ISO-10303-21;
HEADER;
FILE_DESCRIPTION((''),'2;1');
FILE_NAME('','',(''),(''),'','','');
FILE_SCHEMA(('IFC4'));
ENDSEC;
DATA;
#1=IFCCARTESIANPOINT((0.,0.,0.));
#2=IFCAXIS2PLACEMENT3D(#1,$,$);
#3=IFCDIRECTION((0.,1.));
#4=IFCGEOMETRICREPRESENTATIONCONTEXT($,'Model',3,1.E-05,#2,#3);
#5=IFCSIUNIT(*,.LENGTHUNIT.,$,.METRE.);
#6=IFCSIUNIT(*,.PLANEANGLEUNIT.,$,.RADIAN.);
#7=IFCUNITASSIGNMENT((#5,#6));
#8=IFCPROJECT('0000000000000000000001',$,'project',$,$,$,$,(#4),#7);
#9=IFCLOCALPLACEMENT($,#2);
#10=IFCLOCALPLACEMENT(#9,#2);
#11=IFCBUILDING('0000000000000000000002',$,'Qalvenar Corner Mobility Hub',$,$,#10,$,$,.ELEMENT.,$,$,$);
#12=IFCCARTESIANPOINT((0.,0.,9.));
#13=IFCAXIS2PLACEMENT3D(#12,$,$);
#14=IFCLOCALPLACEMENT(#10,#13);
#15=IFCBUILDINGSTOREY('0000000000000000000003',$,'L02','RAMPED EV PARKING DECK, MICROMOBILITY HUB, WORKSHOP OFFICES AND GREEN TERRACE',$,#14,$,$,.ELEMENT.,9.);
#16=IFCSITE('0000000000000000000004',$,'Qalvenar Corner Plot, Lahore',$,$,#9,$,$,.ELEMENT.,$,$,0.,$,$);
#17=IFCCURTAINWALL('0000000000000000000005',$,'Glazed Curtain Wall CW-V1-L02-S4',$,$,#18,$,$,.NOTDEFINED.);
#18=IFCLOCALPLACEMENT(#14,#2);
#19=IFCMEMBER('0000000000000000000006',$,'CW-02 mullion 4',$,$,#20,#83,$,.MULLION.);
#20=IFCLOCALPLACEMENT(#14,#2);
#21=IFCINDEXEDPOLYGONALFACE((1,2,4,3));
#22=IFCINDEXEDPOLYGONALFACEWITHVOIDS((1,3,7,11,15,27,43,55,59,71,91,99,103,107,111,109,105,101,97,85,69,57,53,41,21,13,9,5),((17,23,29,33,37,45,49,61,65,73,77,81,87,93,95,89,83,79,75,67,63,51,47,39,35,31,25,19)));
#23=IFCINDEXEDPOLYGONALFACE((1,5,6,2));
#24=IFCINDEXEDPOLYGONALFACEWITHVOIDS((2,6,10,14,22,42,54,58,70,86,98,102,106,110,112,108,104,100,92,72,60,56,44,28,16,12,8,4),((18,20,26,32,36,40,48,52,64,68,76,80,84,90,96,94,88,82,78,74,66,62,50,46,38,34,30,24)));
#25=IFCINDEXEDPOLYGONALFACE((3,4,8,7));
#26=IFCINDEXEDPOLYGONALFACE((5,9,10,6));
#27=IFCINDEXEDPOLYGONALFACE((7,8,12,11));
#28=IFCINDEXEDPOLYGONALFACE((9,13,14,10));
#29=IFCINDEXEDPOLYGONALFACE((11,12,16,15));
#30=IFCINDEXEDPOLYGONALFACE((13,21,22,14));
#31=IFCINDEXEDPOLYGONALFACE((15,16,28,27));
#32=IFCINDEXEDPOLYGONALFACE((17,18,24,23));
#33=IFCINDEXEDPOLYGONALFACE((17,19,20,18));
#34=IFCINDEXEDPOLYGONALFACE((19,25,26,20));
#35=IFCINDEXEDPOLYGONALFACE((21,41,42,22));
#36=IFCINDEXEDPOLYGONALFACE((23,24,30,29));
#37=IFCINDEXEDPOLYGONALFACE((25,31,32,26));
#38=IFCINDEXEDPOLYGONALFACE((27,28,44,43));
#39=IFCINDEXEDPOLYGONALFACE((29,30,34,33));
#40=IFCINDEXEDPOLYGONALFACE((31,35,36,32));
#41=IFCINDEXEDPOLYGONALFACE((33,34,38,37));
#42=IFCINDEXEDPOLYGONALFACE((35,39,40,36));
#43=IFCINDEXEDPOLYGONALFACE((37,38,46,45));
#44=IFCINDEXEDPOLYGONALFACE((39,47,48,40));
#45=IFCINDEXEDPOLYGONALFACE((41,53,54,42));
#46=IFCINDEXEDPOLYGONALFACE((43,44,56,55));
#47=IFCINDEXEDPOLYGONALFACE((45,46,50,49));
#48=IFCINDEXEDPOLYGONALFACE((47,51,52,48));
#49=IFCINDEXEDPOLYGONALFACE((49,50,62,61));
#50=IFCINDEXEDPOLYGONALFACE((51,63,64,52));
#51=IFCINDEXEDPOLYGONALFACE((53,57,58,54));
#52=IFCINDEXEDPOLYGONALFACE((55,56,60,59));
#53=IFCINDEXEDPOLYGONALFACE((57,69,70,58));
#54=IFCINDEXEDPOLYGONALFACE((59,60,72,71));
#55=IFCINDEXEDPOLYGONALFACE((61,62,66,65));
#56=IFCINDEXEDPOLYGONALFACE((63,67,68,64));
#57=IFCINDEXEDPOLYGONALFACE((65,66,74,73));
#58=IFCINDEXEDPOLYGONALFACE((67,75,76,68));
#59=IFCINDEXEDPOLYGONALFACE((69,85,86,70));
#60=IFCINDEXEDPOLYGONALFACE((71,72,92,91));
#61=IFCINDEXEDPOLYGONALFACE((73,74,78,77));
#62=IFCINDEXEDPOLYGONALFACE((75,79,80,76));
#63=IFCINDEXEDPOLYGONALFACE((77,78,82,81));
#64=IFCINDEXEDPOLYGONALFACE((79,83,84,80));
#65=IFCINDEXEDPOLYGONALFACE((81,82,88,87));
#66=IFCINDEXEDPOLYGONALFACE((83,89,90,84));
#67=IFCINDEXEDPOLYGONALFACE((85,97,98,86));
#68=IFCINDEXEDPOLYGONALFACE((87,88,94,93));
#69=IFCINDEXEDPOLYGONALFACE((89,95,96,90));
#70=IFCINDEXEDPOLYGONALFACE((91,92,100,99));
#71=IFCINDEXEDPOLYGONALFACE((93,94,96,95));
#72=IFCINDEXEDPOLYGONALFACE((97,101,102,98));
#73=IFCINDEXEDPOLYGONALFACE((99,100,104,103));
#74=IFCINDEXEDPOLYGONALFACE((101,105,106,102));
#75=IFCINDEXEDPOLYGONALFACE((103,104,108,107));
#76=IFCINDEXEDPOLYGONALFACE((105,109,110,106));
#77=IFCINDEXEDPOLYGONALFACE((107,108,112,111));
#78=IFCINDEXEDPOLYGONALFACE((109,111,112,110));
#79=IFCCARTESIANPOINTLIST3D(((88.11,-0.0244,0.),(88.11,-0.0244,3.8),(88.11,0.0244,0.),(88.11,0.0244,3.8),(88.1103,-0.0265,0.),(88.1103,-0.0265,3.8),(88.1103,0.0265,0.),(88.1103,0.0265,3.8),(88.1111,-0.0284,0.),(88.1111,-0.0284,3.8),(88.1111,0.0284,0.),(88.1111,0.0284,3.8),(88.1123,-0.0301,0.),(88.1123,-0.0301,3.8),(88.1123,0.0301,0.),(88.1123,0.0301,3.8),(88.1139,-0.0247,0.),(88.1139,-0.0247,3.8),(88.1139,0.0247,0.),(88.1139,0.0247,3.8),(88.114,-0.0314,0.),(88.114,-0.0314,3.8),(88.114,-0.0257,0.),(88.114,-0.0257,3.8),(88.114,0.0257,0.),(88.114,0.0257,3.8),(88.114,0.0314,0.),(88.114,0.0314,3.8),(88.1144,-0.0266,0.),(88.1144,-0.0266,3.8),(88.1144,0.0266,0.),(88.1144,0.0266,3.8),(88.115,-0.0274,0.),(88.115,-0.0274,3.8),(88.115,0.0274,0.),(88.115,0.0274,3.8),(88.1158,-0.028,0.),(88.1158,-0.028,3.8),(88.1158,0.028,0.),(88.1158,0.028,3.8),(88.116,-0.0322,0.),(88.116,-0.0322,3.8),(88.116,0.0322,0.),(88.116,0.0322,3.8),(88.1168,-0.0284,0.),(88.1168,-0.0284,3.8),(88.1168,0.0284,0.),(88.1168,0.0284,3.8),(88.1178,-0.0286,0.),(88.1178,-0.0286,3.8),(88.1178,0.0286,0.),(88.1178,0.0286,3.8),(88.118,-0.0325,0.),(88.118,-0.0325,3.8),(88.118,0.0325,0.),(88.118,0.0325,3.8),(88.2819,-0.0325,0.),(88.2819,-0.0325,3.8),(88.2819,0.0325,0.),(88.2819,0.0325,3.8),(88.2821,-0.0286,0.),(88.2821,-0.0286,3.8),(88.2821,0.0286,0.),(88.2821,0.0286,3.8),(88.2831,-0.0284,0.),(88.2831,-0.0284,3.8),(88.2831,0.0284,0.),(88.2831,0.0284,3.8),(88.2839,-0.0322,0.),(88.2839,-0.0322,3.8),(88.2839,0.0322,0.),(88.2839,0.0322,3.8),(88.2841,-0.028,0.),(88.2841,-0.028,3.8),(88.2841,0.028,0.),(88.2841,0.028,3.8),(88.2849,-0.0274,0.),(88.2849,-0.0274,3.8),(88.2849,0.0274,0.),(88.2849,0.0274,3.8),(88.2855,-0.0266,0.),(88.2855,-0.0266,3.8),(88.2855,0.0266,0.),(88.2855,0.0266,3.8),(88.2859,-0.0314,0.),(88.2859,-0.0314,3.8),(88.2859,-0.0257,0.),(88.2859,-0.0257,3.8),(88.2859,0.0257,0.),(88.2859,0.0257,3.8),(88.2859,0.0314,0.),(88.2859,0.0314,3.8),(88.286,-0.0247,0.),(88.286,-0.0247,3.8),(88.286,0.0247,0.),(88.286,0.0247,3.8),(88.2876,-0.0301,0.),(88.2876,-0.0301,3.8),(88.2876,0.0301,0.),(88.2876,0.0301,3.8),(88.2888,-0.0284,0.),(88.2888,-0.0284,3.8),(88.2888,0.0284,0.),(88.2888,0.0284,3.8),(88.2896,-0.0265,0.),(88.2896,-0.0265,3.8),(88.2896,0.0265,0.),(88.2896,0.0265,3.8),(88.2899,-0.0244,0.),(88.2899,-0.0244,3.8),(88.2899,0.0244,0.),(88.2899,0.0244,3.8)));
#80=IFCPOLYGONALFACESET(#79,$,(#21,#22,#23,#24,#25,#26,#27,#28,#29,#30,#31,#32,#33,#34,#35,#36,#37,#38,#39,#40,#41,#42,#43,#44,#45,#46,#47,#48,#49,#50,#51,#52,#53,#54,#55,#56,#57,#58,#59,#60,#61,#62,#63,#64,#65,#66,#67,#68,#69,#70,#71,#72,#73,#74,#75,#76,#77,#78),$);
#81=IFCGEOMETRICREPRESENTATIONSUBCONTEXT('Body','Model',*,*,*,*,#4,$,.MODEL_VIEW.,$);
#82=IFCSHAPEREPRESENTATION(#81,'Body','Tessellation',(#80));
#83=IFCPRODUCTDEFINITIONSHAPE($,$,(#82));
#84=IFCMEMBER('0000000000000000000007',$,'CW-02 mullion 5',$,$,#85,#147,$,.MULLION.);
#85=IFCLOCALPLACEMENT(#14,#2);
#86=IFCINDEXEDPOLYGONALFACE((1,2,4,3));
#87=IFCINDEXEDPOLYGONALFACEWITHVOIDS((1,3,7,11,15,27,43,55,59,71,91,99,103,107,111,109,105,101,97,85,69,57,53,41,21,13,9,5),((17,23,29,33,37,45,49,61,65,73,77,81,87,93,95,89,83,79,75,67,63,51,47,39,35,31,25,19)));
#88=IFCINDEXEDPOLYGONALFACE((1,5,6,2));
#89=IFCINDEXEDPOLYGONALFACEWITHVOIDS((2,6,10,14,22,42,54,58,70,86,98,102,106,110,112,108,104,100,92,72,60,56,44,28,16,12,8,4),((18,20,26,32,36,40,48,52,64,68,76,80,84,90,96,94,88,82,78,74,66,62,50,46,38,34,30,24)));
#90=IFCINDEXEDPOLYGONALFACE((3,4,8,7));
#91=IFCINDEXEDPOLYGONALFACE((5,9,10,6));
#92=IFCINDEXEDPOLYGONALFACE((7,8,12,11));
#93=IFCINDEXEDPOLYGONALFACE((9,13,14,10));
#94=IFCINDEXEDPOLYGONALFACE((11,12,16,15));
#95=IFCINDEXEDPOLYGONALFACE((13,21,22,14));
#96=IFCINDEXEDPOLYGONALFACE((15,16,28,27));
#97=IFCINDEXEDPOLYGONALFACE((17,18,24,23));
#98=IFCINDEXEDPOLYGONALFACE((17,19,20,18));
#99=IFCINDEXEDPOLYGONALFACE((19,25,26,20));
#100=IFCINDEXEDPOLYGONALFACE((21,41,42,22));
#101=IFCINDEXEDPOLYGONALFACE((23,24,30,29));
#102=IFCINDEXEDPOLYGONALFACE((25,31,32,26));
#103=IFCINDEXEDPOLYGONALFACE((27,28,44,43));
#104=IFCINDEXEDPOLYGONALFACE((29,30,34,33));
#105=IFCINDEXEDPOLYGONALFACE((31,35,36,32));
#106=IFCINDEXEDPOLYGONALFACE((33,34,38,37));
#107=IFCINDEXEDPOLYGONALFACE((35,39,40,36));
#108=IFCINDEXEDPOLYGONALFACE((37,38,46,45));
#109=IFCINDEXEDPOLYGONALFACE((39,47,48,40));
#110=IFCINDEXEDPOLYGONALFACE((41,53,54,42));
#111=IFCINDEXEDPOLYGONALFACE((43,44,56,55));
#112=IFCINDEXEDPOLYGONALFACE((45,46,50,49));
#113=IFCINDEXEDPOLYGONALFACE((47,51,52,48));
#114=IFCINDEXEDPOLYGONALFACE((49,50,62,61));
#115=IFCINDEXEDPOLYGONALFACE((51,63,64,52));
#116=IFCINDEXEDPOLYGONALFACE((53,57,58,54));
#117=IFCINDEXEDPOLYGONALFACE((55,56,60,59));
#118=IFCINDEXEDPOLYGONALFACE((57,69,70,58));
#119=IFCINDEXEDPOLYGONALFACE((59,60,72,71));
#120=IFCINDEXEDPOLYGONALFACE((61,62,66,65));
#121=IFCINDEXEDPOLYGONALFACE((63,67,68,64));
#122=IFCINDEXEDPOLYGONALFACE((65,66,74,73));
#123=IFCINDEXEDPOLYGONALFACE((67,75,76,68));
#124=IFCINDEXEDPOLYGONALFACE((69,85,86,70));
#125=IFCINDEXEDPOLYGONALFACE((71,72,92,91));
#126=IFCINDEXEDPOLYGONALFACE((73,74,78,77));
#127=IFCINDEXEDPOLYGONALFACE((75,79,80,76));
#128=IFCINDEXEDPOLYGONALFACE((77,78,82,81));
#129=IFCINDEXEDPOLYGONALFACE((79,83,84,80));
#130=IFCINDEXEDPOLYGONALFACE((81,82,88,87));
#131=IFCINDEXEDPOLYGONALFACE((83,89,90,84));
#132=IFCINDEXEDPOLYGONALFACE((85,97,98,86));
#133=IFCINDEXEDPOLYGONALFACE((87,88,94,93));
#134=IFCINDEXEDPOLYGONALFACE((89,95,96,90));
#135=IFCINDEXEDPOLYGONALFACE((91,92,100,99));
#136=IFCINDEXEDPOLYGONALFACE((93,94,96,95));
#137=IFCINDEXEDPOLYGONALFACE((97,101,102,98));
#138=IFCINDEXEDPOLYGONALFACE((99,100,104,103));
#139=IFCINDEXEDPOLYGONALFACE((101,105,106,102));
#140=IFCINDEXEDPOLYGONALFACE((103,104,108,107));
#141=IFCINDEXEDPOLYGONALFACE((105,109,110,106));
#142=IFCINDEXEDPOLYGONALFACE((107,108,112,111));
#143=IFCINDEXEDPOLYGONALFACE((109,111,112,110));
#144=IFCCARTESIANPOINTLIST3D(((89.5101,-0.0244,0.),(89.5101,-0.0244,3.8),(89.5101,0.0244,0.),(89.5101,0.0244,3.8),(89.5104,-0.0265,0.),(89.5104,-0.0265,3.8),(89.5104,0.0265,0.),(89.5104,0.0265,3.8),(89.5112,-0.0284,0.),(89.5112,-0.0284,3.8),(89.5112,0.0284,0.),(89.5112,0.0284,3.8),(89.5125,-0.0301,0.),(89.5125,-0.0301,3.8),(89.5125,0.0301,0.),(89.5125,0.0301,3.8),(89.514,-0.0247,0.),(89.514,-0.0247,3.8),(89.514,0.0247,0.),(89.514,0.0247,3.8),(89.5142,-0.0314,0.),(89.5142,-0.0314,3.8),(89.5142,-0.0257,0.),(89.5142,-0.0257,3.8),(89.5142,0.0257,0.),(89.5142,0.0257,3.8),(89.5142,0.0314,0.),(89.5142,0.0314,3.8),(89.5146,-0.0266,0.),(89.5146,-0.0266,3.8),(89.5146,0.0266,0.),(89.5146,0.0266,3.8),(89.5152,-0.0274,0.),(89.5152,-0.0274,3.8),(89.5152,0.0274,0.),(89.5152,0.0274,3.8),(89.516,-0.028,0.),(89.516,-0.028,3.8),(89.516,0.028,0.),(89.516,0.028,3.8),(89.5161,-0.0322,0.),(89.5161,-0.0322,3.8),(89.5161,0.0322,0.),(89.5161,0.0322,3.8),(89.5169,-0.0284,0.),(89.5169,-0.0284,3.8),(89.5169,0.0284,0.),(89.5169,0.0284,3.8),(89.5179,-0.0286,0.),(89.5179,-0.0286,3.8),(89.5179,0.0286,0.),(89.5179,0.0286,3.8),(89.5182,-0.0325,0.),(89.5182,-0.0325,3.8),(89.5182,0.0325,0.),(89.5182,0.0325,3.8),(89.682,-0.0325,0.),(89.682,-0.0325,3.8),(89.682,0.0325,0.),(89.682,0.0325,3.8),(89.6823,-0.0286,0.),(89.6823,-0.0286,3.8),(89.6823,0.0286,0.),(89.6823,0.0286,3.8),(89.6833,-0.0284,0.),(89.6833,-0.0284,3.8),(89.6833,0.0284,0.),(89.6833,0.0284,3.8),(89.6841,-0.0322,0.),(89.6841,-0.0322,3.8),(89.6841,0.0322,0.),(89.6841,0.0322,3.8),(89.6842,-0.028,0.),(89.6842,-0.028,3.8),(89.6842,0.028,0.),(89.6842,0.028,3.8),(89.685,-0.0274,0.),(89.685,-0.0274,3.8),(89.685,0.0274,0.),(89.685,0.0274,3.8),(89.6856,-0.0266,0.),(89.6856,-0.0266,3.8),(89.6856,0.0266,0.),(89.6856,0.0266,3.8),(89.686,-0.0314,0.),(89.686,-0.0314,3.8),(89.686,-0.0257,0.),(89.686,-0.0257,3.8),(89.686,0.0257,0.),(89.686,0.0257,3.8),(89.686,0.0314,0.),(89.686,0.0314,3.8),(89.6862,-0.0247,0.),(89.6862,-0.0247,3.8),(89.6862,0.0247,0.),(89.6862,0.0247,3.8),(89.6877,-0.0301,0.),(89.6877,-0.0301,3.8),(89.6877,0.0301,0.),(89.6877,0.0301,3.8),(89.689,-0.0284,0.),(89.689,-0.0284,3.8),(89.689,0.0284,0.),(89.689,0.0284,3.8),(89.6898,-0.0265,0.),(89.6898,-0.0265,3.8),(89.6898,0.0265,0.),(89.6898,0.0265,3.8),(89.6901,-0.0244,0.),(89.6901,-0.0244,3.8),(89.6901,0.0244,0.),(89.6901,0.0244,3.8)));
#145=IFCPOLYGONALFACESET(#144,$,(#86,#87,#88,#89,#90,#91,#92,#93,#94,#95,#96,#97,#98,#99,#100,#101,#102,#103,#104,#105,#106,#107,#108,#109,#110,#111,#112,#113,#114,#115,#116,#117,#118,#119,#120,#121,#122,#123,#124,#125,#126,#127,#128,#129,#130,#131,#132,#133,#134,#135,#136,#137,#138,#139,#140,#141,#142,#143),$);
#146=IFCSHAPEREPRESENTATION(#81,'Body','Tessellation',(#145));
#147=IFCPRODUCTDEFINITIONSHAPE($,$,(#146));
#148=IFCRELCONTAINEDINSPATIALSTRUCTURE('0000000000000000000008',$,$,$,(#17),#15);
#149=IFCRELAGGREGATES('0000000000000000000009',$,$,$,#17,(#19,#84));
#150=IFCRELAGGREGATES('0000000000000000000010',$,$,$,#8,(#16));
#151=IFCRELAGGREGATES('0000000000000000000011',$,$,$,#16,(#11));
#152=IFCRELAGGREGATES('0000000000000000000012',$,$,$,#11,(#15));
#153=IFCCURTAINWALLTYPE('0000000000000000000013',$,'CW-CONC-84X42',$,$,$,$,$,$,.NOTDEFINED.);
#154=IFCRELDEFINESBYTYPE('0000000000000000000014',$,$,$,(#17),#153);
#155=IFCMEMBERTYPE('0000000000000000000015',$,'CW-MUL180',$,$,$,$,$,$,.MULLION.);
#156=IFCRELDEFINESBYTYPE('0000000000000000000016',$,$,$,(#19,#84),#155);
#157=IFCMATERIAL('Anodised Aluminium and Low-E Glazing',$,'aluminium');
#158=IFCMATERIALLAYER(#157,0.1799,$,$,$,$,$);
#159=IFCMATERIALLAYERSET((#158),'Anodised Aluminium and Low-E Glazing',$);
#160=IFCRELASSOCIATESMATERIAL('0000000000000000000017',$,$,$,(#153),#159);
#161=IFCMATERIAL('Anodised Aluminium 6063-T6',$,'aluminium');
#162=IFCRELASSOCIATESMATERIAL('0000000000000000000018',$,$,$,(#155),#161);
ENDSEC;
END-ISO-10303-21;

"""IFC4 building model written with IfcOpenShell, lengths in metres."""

from ifc_helpers import new_model, si_unit, direction, frame, origin, origin_2d, place, context, subcontext, project, spatial, hollow_rectangle, extrude, material, layer, layer_set, material_profile, profile_set, type_object, element, aggregate, save


model = new_model("IFC4")

# Units and contexts
model_context = context("Model", 3, precision=1e-05, world=origin(), true_north=direction((0.0, 1.0)))
body_context = subcontext(model_context, "Body", "Model", "MODEL_VIEW")
ifc_project = project(units=[si_unit("LENGTHUNIT", "METRE"), si_unit("PLANEANGLEUNIT", "RADIAN")], contexts=[model_context])

# Site, building, storey
site_placement = place(None, origin())
site = spatial("IfcSite", under=ifc_project, at=site_placement, Name="Qalvenar Corner Plot, Lahore", CompositionType="ELEMENT", RefElevation=0.0)
building_placement = place(site_placement, origin())
building = spatial("IfcBuilding", under=site, at=building_placement, Name="Qalvenar Corner Mobility Hub", CompositionType="ELEMENT")
storey_placement = place(building_placement, frame((0.0, 0.0, 9.0)))
storey = spatial("IfcBuildingStorey", under=building, at=storey_placement, Name="L02", Description="RAMPED EV PARKING DECK, MICROMOBILITY HUB, WORKSHOP OFFICES AND GREEN TERRACE", CompositionType="ELEMENT", Elevation=9.0)

# Curtain wall, members
ifc_material_1 = material(Name="Anodised Aluminium and Low-E Glazing", Category="aluminium")
ifc_layer_1 = layer(ifc_material_1, 0.1799)
ifc_layer_set_1 = layer_set([ifc_layer_1], Name="Anodised Aluminium and Low-E Glazing")
curtain_wall_type = type_object("IfcCurtainWallType", Name="CW-CONC-84X42", PredefinedType="NOTDEFINED", material=ifc_layer_set_1)
curtain_wall_placement = place(storey_placement, origin())
curtain_wall = element("IfcCurtainWall", 1, at=curtain_wall_placement, inside=storey, type_object=curtain_wall_type, Name="Glazed Curtain Wall CW-V1-L02-S4", PredefinedType="NOTDEFINED")
ifc_material_2 = material(Name="Anodised Aluminium 6063-T6", Category="aluminium")
ifc_material_profile_1 = material_profile(ifc_material_2, hollow_rectangle(XDim=0.0649, YDim=0.1799, WallThickness=0.0039, InnerFilletRadius=0.0039, OuterFilletRadius=0.0081, at=origin_2d()), Name="RHS180x65x4")
ifc_profile_set_1 = profile_set([ifc_material_profile_1], Name="Anodised Aluminium 6063-T6")
member_type_1 = type_object("IfcMemberType", Name="CW-MUL180", PredefinedType="MULLION", material=ifc_profile_set_1)
member_1_placement = place(storey_placement, frame((88.2, 0.0, 0.0), z_axis=(0.0, 0.0, 1.0), x_axis=(0.0, 1.0, 0.0)))
member_1 = element("IfcMember", 2, at=member_1_placement, type_object=member_type_1, Name="CW-02 mullion 4", PredefinedType="MULLION", context=body_context, shape_type="SweptSolid", body=[
    extrude(hollow_rectangle(XDim=0.0649, YDim=0.1799, WallThickness=0.0039, InnerFilletRadius=0.0039, OuterFilletRadius=0.0081, at=origin_2d()), origin(), (0.0, 0.0, 1.0), 3.8),
])
member_2_placement = place(storey_placement, frame((89.6001, 0.0, 0.0), z_axis=(0.0, 0.0, 1.0), x_axis=(0.0, 1.0, 0.0)))
member_2 = element("IfcMember", 3, at=member_2_placement, type_object=member_type_1, Name="CW-02 mullion 5", PredefinedType="MULLION", context=body_context, shape_type="SweptSolid", body=[
    extrude(hollow_rectangle(XDim=0.0649, YDim=0.1799, WallThickness=0.0039, InnerFilletRadius=0.0039, OuterFilletRadius=0.0081, at=origin_2d()), origin(), (0.0, 0.0, 1.0), 3.8),
])
aggregate(curtain_wall, [member_1, member_2])

save(model, "model.ifc")
